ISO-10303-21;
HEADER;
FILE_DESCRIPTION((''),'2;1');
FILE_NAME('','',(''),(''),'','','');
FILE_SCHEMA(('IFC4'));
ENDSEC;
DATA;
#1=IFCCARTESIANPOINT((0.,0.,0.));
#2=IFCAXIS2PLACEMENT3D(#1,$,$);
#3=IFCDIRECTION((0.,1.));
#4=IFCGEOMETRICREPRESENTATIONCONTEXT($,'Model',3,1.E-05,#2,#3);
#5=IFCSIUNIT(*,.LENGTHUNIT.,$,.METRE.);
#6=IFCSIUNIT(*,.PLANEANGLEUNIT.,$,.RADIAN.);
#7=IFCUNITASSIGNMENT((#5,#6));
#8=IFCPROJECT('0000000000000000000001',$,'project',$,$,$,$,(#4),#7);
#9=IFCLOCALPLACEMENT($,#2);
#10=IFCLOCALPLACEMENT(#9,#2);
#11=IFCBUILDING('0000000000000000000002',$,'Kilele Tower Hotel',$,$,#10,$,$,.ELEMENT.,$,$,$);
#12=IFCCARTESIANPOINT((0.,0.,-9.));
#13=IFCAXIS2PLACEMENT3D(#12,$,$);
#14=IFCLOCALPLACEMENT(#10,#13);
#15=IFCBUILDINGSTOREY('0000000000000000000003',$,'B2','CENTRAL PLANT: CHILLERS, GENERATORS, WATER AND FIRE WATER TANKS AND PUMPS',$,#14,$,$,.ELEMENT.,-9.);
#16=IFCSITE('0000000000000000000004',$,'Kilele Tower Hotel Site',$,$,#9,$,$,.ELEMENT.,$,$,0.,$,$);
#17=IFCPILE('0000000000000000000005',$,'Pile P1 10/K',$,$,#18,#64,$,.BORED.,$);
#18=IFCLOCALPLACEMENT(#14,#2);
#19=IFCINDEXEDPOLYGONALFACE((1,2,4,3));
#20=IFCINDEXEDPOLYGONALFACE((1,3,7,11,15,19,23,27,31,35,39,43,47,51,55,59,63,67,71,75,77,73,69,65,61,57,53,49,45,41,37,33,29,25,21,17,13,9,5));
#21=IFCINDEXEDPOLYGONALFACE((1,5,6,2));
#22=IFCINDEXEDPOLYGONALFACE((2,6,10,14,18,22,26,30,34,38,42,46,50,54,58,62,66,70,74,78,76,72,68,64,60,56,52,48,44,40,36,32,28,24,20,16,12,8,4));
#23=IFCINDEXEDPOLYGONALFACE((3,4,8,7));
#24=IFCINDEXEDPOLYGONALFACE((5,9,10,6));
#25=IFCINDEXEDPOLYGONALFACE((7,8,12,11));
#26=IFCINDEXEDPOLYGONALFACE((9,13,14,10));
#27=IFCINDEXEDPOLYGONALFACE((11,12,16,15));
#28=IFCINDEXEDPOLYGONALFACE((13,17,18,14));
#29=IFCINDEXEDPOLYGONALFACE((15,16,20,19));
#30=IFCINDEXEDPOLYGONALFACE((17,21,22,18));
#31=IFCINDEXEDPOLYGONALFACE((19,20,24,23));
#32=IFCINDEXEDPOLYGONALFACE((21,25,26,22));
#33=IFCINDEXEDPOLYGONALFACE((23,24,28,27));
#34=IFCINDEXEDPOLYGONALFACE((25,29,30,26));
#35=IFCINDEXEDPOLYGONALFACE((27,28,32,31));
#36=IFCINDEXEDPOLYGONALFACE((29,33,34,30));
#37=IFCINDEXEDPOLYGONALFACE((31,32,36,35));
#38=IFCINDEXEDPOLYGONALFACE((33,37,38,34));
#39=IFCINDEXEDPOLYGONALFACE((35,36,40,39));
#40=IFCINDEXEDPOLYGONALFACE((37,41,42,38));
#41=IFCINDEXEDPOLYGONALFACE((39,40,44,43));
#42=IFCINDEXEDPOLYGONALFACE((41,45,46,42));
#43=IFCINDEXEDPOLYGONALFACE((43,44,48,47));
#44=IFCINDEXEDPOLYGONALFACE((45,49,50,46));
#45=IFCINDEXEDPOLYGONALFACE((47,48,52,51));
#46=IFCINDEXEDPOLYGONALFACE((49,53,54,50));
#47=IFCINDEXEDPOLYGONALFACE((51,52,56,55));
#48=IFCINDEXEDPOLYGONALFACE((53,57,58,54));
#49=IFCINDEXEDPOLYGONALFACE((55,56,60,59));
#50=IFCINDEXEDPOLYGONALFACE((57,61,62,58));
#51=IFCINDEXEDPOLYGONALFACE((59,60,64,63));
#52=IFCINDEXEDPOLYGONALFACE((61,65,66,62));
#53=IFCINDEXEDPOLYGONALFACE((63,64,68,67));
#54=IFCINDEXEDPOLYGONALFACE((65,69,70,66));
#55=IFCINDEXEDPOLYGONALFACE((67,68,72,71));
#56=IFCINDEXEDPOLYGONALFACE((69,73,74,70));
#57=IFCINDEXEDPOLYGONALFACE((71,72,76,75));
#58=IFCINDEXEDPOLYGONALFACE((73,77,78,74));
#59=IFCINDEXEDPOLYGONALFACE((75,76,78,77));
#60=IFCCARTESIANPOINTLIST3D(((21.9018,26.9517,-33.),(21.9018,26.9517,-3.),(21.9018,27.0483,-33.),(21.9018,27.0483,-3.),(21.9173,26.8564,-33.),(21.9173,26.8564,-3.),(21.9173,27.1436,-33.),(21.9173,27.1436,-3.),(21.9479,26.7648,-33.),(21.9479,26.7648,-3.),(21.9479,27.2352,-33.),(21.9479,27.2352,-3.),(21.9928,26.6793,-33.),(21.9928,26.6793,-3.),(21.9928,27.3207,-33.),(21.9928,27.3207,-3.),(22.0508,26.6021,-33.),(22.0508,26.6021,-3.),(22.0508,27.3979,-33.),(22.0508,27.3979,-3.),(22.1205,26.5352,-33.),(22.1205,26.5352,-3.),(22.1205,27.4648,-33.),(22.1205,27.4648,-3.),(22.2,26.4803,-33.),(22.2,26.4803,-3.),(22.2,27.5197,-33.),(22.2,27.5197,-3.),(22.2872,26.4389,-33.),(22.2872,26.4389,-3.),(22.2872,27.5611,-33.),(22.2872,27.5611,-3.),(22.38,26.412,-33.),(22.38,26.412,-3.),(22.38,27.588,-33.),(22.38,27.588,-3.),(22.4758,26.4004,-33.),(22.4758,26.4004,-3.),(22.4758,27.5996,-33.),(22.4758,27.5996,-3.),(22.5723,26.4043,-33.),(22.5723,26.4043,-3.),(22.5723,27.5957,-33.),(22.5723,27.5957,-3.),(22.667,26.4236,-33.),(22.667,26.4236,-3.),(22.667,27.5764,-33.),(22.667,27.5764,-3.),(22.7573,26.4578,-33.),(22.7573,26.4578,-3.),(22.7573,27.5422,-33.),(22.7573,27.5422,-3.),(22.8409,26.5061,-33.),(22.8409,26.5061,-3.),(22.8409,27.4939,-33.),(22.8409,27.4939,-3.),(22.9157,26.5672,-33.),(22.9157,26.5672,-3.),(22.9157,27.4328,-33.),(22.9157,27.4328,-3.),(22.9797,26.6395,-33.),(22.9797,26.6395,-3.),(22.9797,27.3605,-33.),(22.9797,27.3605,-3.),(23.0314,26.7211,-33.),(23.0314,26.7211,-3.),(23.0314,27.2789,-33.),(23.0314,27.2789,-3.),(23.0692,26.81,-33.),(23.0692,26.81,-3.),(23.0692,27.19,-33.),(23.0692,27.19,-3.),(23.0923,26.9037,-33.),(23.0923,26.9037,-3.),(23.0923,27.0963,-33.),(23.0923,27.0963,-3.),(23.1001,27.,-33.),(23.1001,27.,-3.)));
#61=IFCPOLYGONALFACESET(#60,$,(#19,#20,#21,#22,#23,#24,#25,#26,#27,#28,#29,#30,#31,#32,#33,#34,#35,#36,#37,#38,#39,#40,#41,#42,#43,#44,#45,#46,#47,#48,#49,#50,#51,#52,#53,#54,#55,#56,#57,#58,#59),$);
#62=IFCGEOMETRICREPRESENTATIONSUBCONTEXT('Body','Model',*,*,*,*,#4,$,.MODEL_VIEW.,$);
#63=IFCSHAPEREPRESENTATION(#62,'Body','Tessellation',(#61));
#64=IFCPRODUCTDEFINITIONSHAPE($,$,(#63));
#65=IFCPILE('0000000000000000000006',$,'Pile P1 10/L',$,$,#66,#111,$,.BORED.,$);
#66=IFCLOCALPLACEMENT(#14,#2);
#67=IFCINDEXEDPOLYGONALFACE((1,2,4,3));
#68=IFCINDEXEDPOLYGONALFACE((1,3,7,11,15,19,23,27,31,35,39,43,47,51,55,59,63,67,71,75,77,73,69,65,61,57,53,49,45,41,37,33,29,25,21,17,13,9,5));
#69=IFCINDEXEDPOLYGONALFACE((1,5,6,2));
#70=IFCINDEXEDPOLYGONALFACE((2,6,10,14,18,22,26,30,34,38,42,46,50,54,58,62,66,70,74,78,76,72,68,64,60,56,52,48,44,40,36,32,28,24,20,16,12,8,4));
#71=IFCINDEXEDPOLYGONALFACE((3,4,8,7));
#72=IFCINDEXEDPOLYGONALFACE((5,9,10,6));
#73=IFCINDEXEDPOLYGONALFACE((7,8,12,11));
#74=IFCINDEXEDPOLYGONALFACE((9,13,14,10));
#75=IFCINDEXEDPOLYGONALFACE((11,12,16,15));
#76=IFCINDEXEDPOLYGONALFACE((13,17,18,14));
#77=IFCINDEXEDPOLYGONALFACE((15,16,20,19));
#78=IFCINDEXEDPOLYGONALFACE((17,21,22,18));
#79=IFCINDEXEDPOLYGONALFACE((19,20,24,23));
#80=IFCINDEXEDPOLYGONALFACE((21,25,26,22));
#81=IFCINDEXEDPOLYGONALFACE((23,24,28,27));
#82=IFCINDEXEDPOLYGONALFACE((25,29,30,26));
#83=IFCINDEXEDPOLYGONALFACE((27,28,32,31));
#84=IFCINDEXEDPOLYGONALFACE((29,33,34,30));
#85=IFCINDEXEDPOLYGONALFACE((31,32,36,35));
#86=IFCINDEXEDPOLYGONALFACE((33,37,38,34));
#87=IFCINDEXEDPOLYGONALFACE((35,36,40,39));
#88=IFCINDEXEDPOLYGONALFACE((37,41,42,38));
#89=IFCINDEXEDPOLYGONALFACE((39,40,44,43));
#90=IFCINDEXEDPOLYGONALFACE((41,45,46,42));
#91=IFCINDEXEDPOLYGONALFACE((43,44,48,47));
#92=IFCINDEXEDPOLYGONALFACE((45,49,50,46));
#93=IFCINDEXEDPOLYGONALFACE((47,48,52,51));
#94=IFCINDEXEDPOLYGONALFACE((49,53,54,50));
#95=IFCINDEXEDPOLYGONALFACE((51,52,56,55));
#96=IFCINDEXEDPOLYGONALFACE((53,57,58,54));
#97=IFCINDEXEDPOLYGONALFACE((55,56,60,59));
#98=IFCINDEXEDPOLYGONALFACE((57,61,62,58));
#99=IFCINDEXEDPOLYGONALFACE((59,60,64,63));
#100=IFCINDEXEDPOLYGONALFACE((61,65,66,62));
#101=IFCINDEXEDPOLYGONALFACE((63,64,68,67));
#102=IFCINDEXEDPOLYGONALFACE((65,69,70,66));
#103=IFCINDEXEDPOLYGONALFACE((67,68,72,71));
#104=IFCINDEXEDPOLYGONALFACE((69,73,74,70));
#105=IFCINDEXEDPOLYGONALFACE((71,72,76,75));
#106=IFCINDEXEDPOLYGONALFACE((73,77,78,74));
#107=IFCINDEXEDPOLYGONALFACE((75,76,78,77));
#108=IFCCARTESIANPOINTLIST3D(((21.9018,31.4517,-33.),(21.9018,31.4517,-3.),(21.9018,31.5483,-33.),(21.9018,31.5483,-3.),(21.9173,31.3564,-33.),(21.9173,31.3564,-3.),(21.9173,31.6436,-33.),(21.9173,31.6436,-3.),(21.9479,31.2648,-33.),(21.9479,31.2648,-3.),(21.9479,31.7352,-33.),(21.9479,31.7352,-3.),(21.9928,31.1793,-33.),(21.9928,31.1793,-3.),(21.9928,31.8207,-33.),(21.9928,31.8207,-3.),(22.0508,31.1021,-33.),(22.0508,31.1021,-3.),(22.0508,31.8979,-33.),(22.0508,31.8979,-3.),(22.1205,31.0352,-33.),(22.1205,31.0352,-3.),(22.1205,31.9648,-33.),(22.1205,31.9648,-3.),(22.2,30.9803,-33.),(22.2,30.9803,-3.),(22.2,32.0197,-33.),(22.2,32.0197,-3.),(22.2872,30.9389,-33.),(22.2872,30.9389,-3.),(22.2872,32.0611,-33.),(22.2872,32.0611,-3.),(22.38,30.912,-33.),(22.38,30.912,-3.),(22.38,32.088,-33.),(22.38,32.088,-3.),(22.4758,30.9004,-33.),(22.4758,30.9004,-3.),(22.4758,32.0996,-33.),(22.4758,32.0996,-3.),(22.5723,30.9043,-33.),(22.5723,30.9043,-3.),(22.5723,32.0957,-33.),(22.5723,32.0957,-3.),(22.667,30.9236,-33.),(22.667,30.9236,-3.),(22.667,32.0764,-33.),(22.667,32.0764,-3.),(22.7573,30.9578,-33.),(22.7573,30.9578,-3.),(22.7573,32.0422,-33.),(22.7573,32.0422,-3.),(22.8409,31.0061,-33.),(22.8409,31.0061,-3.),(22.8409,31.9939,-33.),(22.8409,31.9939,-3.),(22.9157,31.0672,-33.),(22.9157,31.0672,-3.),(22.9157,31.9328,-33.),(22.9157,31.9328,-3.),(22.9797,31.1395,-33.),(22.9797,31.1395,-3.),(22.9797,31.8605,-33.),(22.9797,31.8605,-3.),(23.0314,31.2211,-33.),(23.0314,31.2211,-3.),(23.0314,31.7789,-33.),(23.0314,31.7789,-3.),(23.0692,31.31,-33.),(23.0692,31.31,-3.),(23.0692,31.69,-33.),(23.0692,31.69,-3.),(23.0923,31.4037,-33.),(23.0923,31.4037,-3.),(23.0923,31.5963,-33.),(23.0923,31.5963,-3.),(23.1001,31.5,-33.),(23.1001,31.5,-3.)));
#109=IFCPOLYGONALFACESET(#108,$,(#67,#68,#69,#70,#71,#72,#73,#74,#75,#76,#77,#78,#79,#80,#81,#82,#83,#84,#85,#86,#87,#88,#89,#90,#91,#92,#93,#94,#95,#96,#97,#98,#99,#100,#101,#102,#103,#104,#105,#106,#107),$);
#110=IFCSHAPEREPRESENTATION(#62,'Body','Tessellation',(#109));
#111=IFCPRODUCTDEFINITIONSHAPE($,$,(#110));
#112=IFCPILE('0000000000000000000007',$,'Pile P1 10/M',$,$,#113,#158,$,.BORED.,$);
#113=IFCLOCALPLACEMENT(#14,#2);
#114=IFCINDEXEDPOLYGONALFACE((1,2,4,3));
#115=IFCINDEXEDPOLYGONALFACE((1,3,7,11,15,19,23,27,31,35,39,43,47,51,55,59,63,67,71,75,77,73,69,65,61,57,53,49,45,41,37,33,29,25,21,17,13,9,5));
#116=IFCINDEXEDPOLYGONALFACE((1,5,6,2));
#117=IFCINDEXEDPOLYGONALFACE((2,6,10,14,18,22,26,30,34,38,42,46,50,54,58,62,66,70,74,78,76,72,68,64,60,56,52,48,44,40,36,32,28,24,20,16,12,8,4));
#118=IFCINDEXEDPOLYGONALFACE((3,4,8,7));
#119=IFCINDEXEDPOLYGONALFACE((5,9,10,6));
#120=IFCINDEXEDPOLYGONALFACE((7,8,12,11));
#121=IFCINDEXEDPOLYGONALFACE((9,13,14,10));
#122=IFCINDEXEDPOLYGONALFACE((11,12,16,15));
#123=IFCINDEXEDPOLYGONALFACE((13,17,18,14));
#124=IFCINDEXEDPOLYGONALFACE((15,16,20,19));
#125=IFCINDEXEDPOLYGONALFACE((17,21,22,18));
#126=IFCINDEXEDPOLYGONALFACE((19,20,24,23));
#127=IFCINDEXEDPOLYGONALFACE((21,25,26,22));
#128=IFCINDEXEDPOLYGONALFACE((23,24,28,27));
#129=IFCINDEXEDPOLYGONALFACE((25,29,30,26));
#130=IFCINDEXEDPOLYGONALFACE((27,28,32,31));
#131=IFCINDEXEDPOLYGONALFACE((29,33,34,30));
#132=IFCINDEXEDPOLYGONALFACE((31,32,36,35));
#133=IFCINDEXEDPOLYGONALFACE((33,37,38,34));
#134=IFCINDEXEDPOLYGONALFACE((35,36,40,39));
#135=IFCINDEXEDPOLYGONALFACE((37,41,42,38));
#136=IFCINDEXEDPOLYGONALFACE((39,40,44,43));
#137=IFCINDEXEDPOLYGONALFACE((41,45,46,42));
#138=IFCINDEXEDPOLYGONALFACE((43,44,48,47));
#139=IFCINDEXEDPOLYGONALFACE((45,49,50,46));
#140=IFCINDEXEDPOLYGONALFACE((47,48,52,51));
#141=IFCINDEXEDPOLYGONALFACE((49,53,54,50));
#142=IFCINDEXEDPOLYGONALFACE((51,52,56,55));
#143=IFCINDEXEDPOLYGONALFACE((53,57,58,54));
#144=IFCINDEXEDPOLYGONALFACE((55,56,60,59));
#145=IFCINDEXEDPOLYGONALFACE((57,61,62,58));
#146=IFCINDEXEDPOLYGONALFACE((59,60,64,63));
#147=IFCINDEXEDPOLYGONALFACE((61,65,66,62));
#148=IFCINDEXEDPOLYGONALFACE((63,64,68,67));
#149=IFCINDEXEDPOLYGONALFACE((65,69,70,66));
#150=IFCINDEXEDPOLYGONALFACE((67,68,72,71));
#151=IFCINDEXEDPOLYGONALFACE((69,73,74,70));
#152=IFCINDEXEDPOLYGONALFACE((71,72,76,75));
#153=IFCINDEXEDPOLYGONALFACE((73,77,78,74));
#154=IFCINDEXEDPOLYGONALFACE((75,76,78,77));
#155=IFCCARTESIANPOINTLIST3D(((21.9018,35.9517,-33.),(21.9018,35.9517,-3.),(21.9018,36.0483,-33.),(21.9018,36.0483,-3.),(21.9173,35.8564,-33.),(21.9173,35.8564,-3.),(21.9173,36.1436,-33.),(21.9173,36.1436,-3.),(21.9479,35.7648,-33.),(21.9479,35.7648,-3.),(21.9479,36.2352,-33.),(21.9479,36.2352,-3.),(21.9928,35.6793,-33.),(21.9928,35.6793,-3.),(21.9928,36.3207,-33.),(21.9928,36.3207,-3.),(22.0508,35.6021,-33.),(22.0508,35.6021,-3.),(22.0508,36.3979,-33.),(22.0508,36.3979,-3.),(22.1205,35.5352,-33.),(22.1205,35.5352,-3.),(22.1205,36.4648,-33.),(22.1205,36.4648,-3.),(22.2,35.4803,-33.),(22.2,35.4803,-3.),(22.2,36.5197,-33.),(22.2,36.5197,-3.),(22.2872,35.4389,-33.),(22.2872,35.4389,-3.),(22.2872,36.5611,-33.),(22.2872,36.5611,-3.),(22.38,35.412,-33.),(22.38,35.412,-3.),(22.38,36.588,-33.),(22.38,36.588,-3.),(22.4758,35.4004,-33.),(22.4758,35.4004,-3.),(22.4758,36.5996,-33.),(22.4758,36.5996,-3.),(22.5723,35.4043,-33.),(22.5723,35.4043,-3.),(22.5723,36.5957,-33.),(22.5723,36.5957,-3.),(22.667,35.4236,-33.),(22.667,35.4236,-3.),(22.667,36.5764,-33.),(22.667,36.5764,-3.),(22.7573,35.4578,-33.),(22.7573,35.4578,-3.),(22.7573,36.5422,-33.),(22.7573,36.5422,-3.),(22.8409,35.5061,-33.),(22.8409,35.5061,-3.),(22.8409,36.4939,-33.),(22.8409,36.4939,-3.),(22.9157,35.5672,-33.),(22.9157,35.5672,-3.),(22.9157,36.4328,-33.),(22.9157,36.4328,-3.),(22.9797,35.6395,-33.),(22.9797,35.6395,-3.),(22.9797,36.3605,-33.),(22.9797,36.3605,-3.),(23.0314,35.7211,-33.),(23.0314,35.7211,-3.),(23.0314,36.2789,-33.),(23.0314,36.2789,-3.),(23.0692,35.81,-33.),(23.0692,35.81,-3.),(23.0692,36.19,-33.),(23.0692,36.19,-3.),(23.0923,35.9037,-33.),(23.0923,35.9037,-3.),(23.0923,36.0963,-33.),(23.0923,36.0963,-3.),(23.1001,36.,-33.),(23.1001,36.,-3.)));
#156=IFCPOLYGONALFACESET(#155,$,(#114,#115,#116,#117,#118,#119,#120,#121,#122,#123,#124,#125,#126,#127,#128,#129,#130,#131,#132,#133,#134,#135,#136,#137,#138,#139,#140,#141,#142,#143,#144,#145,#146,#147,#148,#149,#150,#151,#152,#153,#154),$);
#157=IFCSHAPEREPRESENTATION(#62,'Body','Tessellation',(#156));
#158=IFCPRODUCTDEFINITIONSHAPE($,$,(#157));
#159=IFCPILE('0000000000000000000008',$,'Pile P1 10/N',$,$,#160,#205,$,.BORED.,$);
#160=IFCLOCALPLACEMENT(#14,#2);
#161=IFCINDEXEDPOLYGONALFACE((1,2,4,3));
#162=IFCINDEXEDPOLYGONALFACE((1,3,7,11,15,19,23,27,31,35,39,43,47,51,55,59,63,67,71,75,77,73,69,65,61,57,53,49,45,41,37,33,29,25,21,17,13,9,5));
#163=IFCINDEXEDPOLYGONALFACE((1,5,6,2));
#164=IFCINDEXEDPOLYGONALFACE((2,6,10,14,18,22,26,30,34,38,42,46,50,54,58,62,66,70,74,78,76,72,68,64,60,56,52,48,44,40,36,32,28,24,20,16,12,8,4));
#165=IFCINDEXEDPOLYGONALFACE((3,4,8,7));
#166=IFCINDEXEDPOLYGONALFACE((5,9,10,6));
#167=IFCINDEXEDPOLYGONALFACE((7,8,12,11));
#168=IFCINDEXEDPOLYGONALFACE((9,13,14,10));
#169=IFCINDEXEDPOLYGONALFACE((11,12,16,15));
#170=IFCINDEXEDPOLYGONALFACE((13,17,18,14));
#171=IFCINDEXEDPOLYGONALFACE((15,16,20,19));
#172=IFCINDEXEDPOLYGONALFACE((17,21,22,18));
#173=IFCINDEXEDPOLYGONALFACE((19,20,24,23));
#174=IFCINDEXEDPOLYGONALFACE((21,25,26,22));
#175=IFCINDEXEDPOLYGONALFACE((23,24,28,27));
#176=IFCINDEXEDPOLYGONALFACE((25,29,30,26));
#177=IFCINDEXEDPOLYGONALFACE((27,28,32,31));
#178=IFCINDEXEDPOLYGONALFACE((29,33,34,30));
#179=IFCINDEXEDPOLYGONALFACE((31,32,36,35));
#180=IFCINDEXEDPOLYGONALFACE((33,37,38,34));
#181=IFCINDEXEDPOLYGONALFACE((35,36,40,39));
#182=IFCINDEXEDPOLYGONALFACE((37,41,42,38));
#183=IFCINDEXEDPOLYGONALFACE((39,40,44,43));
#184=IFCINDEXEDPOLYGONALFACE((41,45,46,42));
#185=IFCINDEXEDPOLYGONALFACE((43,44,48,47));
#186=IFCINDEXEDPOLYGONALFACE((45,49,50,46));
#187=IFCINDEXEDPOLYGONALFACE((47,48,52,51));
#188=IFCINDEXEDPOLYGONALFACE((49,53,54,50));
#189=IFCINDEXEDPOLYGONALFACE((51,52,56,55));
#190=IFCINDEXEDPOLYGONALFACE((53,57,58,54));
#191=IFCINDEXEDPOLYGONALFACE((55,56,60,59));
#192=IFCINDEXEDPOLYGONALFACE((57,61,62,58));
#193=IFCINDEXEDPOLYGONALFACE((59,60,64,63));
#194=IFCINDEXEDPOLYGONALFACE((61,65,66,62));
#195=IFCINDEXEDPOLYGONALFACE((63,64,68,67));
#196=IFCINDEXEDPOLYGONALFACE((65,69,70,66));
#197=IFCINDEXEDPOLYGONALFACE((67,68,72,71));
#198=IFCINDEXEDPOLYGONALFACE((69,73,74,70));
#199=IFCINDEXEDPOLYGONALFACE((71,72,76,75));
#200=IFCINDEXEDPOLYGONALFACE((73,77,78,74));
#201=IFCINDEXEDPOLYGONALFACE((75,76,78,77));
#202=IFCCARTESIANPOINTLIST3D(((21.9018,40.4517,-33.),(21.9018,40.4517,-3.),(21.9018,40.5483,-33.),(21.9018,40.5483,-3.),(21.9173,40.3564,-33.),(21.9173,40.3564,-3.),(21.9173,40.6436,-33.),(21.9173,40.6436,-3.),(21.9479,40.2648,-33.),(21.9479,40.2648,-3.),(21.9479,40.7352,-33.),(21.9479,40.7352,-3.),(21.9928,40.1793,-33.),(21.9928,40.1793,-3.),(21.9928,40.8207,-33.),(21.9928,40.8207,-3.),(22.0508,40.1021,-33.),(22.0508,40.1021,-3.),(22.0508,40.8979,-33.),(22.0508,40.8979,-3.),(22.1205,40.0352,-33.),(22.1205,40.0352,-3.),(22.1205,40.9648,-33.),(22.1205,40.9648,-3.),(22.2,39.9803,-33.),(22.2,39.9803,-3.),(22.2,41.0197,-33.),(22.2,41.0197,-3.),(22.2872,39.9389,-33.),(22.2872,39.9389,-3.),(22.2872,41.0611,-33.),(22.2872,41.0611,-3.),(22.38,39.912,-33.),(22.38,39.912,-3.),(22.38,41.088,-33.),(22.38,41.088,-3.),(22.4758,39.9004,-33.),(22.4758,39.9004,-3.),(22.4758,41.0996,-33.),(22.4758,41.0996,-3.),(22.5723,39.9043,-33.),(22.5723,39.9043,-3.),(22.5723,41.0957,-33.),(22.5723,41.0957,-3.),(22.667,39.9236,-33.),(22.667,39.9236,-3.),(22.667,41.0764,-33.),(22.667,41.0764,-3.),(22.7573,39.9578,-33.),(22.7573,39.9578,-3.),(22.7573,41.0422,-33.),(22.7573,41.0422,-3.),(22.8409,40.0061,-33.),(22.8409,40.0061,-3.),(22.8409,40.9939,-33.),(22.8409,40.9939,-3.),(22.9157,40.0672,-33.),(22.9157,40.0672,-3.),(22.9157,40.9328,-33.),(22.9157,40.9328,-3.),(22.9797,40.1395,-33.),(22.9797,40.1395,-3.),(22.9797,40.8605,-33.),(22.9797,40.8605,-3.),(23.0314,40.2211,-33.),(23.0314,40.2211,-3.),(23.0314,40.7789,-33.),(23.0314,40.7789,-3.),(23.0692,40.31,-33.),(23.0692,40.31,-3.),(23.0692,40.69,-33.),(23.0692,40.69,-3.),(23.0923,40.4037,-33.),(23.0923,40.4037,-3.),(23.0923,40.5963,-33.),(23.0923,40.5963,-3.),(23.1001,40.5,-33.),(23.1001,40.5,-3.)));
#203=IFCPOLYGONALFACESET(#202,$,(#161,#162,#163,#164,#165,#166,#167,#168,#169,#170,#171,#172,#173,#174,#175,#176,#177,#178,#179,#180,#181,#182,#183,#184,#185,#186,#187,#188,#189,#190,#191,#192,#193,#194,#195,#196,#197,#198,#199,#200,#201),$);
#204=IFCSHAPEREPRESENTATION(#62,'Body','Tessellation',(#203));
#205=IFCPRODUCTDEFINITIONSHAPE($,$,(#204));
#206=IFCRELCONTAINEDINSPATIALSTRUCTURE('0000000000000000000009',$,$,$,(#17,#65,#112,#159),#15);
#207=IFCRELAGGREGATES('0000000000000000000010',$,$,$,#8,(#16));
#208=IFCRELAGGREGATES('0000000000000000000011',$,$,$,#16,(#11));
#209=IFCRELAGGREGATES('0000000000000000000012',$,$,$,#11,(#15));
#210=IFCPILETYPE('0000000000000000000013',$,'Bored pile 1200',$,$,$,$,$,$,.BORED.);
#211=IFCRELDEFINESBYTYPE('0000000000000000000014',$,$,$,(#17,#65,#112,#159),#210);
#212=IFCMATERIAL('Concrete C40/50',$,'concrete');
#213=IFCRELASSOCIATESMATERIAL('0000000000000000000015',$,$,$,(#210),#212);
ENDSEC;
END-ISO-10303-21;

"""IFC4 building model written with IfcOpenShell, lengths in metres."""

from ifc_helpers import new_model, si_unit, direction, frame, origin, origin_2d, place, context, subcontext, project, spatial, circle, extrude, material, material_profile, profile_set, type_object, element, save


model = new_model("IFC4")

# Units and contexts
model_context = context("Model", 3, precision=1e-05, world=origin(), true_north=direction((0.0, 1.0)))
body_context = subcontext(model_context, "Body", "Model", "MODEL_VIEW")
ifc_project = project(units=[si_unit("LENGTHUNIT", "METRE"), si_unit("PLANEANGLEUNIT", "RADIAN")], contexts=[model_context])

# Site, building, storey
site_placement = place(None, origin())
site = spatial("IfcSite", under=ifc_project, at=site_placement, Name="Kilele Tower Hotel Site", CompositionType="ELEMENT", RefElevation=0.0)
building_placement = place(site_placement, origin())
building = spatial("IfcBuilding", under=site, at=building_placement, Name="Kilele Tower Hotel", CompositionType="ELEMENT")
storey_placement = place(building_placement, frame((0.0, 0.0, -9.0)))
storey = spatial("IfcBuildingStorey", under=building, at=storey_placement, Name="B2", Description="CENTRAL PLANT: CHILLERS, GENERATORS, WATER AND FIRE WATER TANKS AND PUMPS", CompositionType="ELEMENT", Elevation=-9.0)

# Piles
ifc_material_1 = material(Name="Concrete C40/50", Category="concrete")
ifc_material_profile_1 = material_profile(ifc_material_1, circle(Radius=0.6001, at=origin_2d()))
ifc_profile_set_1 = profile_set([ifc_material_profile_1], Name="Concrete C40/50")
pile_type = type_object("IfcPileType", Name="Bored pile 1200", PredefinedType="BORED", material=ifc_profile_set_1)
for number, where, z_axis, x_axis, name in (
    (1, (22.5, 27.0, -3.0), (0.0, 0.0, -1.0), (1.0, 0.0, 0.0), "Pile P1 10/K"),
    (2, (22.5, 31.5, -3.0), (0.0, 0.0, -1.0), (1.0, 0.0, 0.0), "Pile P1 10/L"),
    (3, (22.5, 36.0, -3.0), (0.0, 0.0, -1.0), (1.0, 0.0, 0.0), "Pile P1 10/M"),
    (4, (22.5, 40.5, -3.0), (0.0, 0.0, -1.0), (1.0, 0.0, 0.0), "Pile P1 10/N"),
):
    element("IfcPile", number, at=place(storey_placement, frame(where, z_axis=z_axis, x_axis=x_axis)), inside=storey, type_object=pile_type, Name=name, PredefinedType="BORED", context=body_context, shape_type="SweptSolid", body=[
        extrude(circle(Radius=0.6001, at=origin_2d()), origin(), (0.0, 0.0, 1.0), 30.0),
    ])

save(model, "model.ifc")
